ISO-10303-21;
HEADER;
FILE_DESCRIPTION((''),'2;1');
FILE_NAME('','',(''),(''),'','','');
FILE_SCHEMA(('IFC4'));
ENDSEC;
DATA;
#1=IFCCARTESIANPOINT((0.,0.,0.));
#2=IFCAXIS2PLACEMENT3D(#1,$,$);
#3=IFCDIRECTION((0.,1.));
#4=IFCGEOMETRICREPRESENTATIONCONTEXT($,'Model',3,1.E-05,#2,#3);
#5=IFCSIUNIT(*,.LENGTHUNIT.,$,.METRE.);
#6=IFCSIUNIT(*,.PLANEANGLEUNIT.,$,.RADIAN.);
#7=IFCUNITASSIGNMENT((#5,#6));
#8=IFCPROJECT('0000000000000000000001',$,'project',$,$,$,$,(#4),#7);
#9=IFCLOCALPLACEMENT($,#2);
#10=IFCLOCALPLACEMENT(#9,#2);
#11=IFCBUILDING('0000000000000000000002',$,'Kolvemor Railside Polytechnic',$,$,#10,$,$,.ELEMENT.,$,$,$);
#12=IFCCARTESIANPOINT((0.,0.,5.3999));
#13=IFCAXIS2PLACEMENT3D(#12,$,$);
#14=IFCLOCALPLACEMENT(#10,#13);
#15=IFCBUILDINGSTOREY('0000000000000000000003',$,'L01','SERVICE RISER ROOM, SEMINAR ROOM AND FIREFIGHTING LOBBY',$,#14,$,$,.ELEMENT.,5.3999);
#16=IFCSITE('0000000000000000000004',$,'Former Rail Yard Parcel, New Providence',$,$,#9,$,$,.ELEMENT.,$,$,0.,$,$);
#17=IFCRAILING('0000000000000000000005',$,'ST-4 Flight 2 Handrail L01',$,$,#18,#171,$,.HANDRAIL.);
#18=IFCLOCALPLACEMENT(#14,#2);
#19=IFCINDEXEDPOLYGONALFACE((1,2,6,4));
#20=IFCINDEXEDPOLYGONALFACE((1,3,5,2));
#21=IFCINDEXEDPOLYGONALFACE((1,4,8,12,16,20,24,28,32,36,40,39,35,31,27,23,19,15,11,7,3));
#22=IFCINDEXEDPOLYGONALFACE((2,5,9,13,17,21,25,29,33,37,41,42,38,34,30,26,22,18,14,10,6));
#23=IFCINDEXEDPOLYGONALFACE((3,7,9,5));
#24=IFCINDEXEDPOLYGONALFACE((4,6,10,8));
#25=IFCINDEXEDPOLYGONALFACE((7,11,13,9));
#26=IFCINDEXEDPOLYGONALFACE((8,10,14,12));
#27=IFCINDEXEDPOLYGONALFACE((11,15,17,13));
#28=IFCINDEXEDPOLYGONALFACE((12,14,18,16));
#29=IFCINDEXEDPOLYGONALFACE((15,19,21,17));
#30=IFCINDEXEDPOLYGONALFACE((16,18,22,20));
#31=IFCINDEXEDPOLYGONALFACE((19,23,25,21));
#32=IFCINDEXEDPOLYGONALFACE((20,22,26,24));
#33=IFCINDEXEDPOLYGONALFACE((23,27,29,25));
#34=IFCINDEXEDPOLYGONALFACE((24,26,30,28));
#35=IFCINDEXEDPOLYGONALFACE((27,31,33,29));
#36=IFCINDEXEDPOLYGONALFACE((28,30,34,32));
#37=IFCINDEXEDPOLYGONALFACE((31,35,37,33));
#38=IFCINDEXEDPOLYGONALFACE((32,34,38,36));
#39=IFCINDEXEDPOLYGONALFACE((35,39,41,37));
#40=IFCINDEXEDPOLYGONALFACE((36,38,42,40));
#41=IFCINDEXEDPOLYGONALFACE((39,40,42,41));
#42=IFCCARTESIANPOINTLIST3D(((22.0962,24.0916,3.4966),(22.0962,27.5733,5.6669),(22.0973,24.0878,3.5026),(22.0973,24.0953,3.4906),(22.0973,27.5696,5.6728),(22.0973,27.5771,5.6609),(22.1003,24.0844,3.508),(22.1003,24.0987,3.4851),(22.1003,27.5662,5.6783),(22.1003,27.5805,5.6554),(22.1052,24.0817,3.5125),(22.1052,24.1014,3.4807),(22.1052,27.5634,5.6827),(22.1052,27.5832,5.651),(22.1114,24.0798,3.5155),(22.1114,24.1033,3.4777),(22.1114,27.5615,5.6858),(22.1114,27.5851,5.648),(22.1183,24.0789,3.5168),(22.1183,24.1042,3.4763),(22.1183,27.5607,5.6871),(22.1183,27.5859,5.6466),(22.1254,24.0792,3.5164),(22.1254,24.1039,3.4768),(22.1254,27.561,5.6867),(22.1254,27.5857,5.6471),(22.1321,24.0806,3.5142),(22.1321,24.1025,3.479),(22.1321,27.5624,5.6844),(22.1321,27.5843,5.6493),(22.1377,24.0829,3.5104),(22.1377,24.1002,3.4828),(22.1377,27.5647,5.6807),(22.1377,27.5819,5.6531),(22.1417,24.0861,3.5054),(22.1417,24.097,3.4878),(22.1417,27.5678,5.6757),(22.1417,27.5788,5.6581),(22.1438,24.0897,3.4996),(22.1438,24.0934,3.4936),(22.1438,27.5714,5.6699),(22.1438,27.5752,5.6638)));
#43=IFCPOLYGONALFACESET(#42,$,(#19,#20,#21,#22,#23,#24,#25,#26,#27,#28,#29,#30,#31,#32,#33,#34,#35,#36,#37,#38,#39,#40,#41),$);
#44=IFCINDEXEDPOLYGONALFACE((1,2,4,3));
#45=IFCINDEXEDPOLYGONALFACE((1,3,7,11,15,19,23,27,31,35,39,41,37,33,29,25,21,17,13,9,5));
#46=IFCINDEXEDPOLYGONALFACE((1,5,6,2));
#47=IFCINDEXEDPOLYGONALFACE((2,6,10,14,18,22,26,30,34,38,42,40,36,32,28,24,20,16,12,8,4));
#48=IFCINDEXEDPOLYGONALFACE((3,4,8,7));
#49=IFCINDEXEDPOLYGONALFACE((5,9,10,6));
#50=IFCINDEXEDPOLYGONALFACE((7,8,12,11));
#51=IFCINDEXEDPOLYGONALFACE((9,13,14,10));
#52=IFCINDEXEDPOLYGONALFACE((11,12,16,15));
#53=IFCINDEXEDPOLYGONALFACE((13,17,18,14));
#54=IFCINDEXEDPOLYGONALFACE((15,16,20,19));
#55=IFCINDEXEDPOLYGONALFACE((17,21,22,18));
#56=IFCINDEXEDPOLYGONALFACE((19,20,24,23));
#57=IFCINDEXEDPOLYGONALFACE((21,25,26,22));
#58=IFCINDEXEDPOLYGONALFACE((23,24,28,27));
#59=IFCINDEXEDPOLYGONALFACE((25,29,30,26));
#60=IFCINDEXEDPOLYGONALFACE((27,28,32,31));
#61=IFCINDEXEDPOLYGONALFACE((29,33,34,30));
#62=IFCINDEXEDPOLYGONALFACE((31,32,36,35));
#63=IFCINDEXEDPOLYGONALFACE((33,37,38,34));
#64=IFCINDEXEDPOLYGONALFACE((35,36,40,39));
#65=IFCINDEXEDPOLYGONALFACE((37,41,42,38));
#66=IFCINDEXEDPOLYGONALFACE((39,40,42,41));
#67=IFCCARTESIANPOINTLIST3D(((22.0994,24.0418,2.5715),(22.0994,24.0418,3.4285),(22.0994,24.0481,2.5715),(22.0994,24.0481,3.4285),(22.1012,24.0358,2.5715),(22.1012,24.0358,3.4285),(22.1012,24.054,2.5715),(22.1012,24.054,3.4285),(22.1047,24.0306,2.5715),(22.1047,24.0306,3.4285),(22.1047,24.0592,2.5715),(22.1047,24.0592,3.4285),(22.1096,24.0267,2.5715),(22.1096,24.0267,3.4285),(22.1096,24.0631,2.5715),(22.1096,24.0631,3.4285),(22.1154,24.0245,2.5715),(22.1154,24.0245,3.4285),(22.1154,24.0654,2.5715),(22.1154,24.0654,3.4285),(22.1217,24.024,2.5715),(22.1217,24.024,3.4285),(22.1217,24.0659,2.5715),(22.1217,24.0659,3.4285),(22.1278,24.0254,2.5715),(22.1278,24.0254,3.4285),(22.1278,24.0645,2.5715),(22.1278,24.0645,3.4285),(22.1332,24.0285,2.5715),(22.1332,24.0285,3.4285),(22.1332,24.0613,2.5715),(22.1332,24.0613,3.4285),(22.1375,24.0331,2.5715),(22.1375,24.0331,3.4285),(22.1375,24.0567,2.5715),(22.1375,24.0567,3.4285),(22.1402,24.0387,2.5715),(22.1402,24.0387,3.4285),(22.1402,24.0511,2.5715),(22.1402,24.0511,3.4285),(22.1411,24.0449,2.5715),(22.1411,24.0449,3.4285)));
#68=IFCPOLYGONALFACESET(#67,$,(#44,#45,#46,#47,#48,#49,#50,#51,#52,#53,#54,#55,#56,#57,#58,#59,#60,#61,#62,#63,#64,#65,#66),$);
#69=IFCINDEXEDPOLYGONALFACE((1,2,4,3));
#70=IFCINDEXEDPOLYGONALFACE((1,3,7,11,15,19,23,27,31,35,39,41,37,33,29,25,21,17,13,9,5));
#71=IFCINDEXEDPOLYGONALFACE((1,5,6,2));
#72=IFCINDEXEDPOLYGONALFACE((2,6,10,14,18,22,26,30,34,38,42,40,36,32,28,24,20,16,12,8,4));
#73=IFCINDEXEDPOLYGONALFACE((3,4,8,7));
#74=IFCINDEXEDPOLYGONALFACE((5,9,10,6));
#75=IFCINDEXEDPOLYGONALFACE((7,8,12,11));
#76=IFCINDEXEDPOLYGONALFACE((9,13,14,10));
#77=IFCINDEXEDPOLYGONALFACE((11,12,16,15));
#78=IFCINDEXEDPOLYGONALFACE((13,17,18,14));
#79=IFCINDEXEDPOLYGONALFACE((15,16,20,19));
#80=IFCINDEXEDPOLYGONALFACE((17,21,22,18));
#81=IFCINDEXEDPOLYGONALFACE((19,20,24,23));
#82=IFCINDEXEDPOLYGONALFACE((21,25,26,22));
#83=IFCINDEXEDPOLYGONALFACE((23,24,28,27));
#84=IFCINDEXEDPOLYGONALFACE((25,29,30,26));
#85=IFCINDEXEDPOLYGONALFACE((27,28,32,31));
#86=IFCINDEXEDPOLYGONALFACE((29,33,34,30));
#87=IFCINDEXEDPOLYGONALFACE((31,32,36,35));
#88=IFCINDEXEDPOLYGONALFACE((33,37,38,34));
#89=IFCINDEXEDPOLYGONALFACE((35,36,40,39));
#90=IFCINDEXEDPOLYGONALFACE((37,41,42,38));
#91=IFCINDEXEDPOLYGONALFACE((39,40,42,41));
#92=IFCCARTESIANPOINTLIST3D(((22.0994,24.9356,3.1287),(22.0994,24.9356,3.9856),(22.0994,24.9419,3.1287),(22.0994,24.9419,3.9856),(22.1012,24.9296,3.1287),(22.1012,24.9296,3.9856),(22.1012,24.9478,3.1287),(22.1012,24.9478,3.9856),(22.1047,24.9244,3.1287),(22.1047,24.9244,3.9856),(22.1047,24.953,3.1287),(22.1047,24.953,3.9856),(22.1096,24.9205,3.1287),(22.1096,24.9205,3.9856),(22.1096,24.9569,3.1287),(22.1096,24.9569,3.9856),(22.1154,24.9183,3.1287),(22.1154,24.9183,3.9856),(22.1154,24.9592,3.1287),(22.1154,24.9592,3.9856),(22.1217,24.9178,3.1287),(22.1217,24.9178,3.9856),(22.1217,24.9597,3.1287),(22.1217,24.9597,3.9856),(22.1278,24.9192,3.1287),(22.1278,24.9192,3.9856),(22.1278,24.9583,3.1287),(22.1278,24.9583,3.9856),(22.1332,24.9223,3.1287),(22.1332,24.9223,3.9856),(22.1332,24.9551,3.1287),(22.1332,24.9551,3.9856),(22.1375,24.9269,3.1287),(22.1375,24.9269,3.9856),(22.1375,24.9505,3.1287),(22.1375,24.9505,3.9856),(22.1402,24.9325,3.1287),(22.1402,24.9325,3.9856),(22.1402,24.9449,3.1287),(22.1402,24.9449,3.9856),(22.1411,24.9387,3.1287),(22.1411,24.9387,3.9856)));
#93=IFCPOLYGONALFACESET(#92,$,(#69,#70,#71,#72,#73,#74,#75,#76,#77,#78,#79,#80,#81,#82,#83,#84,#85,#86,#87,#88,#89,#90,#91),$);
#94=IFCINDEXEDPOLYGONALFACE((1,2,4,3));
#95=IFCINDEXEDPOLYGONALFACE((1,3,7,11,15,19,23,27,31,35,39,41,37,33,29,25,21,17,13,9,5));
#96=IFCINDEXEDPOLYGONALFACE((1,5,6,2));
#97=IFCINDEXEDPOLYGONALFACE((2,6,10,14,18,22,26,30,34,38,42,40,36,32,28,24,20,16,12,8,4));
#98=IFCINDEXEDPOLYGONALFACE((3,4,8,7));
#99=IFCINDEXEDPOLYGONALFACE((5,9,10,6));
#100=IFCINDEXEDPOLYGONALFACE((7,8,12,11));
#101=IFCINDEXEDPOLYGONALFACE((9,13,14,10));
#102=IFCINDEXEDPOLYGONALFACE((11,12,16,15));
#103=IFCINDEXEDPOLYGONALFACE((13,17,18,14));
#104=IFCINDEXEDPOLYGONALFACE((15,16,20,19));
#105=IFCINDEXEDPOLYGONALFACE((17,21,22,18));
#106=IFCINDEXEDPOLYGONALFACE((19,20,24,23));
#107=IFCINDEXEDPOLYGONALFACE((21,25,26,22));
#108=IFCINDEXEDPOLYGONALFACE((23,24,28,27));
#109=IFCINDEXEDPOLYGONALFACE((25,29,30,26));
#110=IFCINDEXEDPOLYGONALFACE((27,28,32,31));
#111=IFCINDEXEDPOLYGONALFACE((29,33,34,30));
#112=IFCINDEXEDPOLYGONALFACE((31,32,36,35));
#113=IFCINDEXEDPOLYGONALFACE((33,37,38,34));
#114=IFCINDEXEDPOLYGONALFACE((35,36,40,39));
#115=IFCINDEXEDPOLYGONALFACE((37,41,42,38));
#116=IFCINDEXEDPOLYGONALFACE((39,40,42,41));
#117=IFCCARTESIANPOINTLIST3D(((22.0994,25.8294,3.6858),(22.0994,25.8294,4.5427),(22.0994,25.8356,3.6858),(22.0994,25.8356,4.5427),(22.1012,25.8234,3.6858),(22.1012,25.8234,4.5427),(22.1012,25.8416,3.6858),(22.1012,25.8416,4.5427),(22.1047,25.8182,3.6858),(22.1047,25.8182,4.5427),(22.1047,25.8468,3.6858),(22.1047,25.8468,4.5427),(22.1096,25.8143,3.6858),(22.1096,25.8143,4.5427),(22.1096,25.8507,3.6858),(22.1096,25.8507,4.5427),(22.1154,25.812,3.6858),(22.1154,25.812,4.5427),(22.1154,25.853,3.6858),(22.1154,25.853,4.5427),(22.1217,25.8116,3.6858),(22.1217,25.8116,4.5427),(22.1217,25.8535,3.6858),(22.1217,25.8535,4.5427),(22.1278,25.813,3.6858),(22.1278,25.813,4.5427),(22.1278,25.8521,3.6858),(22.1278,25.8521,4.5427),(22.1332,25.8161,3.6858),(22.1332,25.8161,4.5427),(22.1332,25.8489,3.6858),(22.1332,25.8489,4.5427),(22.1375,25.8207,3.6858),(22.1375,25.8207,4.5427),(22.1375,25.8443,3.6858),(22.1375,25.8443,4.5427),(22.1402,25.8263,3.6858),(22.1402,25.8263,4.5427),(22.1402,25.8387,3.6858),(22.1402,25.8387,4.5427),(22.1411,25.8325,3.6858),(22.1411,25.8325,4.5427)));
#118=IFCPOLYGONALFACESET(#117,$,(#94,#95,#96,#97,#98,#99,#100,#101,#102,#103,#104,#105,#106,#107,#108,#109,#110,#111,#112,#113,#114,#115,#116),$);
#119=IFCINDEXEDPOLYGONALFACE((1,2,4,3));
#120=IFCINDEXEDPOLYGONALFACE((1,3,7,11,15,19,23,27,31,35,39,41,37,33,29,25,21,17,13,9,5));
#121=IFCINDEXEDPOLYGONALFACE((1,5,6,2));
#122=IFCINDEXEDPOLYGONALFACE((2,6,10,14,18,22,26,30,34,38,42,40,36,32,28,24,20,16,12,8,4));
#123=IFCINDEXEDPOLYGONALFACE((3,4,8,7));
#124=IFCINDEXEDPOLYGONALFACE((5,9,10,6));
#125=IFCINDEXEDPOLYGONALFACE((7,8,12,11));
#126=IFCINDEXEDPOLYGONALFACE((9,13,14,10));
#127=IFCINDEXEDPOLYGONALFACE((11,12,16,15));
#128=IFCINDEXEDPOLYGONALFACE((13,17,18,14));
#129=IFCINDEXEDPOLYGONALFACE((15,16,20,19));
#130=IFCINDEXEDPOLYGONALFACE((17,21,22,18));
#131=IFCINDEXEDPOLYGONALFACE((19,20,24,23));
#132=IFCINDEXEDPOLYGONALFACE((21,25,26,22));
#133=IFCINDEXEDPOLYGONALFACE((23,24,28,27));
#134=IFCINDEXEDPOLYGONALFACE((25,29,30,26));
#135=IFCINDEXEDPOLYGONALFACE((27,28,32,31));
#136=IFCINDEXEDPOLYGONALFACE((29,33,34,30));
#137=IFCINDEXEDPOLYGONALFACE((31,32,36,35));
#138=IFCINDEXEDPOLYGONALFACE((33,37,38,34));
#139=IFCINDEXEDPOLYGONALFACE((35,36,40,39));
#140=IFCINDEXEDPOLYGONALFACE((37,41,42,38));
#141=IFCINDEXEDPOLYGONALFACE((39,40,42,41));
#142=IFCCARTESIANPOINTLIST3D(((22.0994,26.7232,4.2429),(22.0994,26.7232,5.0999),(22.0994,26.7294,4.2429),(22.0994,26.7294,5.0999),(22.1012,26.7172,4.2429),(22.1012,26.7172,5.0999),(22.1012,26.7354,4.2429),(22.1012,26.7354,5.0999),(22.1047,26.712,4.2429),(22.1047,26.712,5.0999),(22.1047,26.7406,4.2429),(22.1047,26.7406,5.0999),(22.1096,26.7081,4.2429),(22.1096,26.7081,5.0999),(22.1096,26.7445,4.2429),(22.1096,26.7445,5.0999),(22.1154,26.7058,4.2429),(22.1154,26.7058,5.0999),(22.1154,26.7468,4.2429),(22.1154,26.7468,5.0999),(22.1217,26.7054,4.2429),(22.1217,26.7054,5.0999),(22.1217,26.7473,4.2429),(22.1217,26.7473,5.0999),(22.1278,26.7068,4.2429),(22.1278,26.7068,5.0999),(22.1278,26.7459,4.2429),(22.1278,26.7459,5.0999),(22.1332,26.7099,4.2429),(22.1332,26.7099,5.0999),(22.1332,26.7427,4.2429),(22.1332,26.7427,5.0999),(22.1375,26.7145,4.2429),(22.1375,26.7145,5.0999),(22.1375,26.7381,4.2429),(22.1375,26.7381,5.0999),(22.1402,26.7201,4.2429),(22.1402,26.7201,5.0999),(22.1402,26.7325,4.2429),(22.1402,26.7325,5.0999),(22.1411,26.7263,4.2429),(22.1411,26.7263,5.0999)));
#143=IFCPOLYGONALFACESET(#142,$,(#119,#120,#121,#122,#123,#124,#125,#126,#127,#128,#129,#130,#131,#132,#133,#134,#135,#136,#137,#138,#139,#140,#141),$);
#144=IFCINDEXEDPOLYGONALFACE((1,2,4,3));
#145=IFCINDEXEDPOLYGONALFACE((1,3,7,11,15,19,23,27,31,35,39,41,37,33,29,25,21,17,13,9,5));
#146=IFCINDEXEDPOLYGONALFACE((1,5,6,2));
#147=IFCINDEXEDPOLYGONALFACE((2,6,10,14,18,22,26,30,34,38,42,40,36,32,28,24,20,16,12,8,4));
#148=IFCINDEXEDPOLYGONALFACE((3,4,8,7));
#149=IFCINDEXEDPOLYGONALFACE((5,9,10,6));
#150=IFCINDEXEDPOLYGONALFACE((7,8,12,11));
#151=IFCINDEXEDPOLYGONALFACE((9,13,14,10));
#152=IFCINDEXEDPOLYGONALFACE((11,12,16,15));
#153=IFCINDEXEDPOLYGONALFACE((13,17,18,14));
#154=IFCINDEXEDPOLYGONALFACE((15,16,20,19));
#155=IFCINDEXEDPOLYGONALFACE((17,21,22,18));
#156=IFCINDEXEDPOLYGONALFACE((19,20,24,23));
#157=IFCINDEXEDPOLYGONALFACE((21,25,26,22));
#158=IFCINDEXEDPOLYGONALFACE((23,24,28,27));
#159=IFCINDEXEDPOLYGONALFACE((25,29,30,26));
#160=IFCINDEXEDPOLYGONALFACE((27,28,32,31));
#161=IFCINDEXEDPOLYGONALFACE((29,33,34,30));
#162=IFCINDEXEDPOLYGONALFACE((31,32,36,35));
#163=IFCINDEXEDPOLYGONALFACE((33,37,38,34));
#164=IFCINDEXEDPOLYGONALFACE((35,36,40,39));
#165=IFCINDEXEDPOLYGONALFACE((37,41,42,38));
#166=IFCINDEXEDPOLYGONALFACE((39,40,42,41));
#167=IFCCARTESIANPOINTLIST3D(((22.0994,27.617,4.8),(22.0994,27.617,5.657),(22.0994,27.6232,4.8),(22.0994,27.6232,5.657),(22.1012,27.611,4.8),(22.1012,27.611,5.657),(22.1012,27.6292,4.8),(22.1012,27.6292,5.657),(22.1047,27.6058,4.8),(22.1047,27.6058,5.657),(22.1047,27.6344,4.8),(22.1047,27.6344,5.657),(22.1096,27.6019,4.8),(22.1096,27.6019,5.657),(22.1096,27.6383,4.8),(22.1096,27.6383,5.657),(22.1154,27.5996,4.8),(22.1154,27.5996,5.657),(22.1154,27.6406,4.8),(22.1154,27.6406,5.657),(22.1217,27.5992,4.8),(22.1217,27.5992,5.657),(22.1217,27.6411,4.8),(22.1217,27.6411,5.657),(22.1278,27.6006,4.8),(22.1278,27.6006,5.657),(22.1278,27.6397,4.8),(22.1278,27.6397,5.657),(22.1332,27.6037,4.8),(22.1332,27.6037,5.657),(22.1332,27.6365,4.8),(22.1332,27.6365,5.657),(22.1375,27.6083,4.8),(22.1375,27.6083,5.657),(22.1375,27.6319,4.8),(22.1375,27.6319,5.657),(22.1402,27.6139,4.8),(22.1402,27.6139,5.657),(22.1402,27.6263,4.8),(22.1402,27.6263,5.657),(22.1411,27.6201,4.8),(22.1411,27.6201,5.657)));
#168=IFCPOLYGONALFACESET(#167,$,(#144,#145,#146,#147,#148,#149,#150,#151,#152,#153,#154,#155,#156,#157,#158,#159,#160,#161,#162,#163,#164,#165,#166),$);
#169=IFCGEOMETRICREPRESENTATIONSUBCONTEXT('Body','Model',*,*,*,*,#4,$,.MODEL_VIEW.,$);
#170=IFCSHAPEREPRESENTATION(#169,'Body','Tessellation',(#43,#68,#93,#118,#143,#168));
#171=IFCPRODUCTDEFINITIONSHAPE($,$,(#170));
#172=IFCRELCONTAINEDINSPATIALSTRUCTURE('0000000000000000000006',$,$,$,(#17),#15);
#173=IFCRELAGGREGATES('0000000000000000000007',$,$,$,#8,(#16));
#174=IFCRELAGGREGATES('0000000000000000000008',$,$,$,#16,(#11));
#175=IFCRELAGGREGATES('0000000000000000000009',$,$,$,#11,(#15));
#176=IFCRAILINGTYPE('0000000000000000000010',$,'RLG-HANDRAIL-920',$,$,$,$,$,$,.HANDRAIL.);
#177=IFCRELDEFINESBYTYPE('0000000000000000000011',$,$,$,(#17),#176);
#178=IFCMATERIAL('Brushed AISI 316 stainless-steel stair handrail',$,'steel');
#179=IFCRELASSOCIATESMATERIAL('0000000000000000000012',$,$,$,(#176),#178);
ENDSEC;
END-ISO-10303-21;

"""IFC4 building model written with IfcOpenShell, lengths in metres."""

from ifc_helpers import new_model, si_unit, direction, frame, origin, origin_2d, place, context, subcontext, project, spatial, circle, extrude, material, type_object, element, save


model = new_model("IFC4")

# Units and contexts
model_context = context("Model", 3, precision=1e-05, world=origin(), true_north=direction((0.0, 1.0)))
body_context = subcontext(model_context, "Body", "Model", "MODEL_VIEW")
ifc_project = project(units=[si_unit("LENGTHUNIT", "METRE"), si_unit("PLANEANGLEUNIT", "RADIAN")], contexts=[model_context])

# Site, building, storey
site_placement = place(None, origin())
site = spatial("IfcSite", under=ifc_project, at=site_placement, Name="Former Rail Yard Parcel, New Providence", CompositionType="ELEMENT", RefElevation=0.0)
building_placement = place(site_placement, origin())
building = spatial("IfcBuilding", under=site, at=building_placement, Name="Kolvemor Railside Polytechnic", CompositionType="ELEMENT")
storey_placement = place(building_placement, frame((0.0, 0.0, 5.3999)))
storey = spatial("IfcBuildingStorey", under=building, at=storey_placement, Name="L01", Description="SERVICE RISER ROOM, SEMINAR ROOM AND FIREFIGHTING LOBBY", CompositionType="ELEMENT", Elevation=5.3999)

# Railing
ifc_material_1 = material(Name="Brushed AISI 316 stainless-steel stair handrail", Category="steel")
railing_type_1 = type_object("IfcRailingType", Name="RLG-HANDRAIL-920", PredefinedType="HANDRAIL", material=ifc_material_1)
railing_1_placement = place(storey_placement, frame((22.1201, 24.0449, 2.5715)))
element("IfcRailing", 1, at=railing_1_placement, inside=storey, type_object=railing_type_1, Name="ST-4 Flight 2 Handrail L01", PredefinedType="HANDRAIL", context=body_context, shape_type="SweptSolid", body=[
    extrude(circle(Radius=0.0239, at=origin_2d()), frame((0.0, 0.0466, 0.925), z_axis=(0.0, 0.848636, 0.528978), x_axis=(-1.0, 0.0, 0.0)), (0.0, 0.0, 1.0), 4.1028),
    extrude(circle(Radius=0.021, at=origin_2d()), origin(), (0.0, 0.0, 1.0), 0.8569),
    extrude(circle(Radius=0.021, at=origin_2d()), frame((0.0, 0.8938, 0.5571)), (0.0, 0.0, 1.0), 0.8569),
    extrude(circle(Radius=0.021, at=origin_2d()), frame((0.0, 1.7876, 1.1143)), (0.0, 0.0, 1.0), 0.8569),
    extrude(circle(Radius=0.021, at=origin_2d()), frame((0.0, 2.6814, 1.6714)), (0.0, 0.0, 1.0), 0.8569),
    extrude(circle(Radius=0.021, at=origin_2d()), frame((0.0, 3.5752, 2.2285)), (0.0, 0.0, 1.0), 0.8569),
])

save(model, "model.ifc")
